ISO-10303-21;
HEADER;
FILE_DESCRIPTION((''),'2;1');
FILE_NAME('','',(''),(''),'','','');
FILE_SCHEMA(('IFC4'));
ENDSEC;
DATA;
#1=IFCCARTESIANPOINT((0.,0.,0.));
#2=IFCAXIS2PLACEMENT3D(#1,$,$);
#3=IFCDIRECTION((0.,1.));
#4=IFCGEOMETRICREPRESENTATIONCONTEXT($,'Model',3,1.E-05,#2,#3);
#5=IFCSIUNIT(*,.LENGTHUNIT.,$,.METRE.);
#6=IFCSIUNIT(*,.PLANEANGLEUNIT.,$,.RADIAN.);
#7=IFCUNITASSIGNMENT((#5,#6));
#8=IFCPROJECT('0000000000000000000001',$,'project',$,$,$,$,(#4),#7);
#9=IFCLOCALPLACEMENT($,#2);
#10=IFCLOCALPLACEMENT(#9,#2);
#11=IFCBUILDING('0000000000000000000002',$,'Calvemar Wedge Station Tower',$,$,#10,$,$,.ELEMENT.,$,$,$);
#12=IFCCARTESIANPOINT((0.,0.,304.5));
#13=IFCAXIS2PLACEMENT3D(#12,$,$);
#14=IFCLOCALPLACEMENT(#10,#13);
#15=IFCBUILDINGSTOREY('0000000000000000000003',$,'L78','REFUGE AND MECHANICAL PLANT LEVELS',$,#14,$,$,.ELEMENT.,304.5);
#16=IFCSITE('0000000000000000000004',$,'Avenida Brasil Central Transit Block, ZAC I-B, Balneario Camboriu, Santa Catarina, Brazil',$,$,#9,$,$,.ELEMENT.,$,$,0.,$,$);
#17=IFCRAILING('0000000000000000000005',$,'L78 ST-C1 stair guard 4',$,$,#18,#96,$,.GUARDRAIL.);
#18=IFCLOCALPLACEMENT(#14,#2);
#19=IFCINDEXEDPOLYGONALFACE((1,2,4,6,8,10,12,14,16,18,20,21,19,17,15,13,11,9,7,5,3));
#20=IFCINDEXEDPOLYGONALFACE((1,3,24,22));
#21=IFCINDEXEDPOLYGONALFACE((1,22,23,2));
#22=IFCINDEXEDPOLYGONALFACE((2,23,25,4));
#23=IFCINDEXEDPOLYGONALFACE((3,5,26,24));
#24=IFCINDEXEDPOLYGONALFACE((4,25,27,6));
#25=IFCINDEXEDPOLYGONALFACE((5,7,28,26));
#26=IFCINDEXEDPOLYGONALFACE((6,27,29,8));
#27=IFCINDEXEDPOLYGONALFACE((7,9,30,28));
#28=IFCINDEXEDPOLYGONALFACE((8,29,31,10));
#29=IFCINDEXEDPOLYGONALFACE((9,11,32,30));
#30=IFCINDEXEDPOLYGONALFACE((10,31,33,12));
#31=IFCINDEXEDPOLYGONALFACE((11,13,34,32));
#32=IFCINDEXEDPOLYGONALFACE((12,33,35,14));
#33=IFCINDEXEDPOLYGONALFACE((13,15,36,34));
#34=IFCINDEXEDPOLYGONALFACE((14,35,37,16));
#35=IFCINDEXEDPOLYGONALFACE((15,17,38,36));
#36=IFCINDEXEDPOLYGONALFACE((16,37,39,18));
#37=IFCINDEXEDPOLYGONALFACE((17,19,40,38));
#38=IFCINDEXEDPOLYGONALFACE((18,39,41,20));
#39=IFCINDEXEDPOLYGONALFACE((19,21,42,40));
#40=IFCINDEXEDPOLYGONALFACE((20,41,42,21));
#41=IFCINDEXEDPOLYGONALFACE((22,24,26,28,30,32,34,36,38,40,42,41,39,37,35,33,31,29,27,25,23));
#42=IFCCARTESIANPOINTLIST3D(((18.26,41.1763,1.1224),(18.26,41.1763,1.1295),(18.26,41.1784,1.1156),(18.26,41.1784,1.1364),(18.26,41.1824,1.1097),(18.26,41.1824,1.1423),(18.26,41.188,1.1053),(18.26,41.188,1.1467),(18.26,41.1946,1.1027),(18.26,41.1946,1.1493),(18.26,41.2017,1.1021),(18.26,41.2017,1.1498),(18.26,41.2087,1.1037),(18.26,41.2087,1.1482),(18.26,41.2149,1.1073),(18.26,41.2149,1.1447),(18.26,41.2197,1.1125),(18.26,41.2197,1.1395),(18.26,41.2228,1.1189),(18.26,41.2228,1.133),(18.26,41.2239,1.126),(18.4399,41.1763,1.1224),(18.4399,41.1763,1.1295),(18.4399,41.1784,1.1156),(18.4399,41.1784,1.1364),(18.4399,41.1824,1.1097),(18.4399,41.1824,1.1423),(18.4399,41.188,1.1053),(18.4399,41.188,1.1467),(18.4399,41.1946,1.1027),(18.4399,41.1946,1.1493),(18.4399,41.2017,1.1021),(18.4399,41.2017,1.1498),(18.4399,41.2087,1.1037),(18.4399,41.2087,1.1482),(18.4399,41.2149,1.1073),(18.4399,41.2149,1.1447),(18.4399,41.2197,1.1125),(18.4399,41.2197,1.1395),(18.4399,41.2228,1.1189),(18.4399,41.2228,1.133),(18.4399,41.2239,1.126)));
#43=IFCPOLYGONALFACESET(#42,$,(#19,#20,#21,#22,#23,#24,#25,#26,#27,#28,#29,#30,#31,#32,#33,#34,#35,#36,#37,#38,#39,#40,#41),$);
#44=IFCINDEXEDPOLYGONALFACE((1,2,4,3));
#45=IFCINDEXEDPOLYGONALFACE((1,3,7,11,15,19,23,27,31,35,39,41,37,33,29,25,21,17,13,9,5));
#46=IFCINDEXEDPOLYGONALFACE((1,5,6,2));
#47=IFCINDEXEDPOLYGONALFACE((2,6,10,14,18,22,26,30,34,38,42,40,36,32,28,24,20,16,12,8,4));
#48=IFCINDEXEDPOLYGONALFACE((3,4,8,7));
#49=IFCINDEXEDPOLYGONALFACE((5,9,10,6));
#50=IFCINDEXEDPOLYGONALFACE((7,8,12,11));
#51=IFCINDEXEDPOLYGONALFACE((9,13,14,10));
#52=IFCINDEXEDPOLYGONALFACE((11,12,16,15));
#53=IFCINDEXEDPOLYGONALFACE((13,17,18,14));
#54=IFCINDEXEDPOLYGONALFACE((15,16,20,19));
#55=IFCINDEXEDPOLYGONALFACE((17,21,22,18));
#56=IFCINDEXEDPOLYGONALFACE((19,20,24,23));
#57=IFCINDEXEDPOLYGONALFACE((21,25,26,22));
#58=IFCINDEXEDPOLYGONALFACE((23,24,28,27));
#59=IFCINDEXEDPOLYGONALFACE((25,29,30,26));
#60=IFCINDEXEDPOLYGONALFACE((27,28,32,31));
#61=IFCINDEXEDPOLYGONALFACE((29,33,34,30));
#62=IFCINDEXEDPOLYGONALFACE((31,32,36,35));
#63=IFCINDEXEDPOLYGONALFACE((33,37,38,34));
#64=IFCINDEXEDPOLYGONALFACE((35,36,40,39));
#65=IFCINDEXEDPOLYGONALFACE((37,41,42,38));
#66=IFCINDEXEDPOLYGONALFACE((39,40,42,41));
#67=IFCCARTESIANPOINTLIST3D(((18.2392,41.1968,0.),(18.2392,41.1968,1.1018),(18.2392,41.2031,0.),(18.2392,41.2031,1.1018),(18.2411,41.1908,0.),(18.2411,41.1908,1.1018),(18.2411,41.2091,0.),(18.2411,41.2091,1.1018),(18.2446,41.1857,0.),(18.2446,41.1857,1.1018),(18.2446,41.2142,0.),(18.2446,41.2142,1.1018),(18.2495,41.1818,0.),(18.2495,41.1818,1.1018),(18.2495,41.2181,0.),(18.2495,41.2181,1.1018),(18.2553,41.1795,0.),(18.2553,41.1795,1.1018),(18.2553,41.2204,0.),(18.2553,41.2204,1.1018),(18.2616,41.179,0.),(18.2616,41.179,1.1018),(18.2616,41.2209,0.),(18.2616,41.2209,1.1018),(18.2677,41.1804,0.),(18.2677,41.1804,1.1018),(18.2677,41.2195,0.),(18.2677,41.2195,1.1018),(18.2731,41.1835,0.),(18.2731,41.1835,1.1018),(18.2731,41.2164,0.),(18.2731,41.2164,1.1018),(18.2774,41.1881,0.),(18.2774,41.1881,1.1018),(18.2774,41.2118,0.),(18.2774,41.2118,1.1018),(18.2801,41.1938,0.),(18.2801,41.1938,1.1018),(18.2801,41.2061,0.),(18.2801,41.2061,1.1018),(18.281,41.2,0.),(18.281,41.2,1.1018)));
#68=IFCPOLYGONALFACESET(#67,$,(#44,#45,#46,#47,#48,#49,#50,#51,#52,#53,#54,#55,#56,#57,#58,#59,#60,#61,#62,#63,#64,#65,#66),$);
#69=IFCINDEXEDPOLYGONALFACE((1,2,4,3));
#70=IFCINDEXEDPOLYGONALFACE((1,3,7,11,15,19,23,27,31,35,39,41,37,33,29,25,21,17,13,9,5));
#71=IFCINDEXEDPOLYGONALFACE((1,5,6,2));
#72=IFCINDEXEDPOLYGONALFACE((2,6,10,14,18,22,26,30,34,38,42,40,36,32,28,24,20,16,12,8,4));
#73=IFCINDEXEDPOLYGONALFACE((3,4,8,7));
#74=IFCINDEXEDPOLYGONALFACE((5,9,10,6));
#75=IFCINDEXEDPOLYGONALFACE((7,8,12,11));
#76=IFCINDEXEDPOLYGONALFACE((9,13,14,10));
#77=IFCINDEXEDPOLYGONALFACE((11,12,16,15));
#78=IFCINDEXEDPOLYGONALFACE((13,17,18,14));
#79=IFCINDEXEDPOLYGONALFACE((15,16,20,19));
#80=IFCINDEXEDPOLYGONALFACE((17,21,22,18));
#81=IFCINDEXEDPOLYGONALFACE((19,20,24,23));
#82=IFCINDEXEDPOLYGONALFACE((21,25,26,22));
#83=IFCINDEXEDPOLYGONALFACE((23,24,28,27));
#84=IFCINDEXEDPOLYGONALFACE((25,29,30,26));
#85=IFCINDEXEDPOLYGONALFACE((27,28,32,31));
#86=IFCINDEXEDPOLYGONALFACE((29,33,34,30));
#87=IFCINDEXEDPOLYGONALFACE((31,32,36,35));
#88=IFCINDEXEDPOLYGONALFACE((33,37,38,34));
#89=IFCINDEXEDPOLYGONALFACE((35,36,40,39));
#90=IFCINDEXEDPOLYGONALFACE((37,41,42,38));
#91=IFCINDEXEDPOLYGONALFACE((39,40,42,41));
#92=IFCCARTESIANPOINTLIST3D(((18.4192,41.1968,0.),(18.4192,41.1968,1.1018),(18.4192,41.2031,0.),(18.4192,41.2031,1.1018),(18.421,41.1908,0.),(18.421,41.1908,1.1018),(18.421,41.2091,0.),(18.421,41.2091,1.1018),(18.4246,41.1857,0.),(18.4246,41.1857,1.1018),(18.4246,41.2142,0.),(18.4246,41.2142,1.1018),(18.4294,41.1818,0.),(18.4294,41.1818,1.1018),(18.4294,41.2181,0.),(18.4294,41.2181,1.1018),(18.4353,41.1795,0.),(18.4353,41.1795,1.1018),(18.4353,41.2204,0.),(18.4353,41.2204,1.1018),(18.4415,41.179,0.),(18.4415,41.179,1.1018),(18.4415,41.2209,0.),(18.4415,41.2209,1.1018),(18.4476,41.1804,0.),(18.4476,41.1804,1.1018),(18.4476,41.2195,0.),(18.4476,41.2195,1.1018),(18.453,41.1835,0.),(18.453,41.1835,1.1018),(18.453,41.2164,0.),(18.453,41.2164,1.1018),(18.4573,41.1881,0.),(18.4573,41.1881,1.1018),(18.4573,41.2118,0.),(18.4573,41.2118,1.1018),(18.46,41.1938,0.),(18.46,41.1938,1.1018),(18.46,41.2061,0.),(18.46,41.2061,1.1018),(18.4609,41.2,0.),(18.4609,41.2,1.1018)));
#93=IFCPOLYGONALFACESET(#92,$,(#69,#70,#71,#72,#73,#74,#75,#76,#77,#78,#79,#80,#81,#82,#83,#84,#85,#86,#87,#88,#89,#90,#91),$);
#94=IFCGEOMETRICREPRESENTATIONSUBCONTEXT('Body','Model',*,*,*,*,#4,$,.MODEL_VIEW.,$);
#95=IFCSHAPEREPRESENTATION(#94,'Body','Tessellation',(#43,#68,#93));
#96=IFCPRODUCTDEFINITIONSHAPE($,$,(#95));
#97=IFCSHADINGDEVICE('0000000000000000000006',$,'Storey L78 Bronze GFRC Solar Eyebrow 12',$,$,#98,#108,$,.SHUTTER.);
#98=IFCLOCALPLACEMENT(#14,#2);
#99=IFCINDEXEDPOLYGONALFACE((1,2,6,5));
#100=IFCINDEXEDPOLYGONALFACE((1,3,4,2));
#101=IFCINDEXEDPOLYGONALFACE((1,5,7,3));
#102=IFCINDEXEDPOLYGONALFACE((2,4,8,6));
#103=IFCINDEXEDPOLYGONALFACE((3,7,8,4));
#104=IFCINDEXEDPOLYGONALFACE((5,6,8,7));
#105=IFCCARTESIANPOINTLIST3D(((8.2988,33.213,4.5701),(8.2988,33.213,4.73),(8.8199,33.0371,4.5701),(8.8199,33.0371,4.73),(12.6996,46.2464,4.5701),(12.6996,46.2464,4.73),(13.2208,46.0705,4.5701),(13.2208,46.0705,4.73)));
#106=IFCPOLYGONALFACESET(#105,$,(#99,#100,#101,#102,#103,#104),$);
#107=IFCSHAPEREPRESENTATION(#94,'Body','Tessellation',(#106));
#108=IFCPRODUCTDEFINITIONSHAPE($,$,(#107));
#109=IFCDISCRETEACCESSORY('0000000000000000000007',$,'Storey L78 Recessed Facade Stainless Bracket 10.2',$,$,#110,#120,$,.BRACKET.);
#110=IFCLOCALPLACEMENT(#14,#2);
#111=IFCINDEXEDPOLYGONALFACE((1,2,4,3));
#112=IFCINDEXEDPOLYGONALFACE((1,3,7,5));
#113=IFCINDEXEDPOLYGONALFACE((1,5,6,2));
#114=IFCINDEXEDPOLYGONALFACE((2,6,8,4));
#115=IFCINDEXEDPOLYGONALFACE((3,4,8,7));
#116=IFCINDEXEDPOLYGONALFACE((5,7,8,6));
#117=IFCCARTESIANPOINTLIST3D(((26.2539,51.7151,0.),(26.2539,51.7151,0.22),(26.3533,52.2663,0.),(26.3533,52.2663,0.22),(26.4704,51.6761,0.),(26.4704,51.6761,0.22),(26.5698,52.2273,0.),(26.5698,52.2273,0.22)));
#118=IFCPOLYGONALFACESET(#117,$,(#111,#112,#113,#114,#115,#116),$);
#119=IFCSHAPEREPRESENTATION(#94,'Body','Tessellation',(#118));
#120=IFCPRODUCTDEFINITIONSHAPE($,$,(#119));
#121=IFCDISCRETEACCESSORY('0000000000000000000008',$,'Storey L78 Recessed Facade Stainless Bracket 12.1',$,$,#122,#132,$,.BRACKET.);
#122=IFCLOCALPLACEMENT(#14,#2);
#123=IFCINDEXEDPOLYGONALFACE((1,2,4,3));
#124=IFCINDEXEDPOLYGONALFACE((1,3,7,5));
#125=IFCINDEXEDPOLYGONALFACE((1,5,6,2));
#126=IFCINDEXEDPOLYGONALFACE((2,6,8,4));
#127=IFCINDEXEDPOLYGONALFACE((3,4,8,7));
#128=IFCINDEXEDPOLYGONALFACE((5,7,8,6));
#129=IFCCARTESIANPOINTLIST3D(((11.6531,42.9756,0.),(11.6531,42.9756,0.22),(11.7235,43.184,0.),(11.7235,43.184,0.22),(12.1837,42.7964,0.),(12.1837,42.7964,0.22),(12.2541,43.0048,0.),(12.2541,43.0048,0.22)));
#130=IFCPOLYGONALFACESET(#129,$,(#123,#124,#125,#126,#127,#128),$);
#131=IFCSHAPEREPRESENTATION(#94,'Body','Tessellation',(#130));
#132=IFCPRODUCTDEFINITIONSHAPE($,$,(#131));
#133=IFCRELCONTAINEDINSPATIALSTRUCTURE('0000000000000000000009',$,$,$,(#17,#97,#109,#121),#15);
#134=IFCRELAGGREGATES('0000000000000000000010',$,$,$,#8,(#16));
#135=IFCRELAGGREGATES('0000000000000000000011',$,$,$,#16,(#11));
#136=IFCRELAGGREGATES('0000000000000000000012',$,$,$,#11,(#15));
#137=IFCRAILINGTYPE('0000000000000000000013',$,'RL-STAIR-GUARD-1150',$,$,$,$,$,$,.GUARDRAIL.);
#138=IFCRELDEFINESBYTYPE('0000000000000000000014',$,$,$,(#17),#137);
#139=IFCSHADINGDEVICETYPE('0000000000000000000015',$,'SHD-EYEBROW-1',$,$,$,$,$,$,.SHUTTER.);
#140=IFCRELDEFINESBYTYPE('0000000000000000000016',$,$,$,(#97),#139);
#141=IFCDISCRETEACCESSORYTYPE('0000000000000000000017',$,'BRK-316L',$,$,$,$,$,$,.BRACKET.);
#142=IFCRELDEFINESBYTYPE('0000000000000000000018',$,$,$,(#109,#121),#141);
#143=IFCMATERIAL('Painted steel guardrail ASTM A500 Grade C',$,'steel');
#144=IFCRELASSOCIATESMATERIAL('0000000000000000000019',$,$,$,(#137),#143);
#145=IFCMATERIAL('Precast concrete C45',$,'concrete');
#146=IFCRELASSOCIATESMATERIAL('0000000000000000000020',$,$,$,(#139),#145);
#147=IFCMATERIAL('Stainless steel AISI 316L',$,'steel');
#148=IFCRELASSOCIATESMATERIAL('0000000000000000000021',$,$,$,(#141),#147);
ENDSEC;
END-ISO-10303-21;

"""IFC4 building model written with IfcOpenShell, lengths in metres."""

from ifc_helpers import new_model, si_unit, direction, frame, frame_2d, origin, origin_2d, place, context, subcontext, project, spatial, rectangle, circle, extrude, source, transform, mapped, material, type_object, element, save


model = new_model("IFC4")

# Units and contexts
model_context = context("Model", 3, precision=1e-05, world=origin(), true_north=direction((0.0, 1.0)))
body_context = subcontext(model_context, "Body", "Model", "MODEL_VIEW")
ifc_project = project(units=[si_unit("LENGTHUNIT", "METRE"), si_unit("PLANEANGLEUNIT", "RADIAN")], contexts=[model_context])

# Site, building, storey
site_placement = place(None, origin())
site = spatial("IfcSite", under=ifc_project, at=site_placement, Name="Avenida Brasil Central Transit Block, ZAC I-B, Balneario Camboriu, Santa Catarina, Brazil", CompositionType="ELEMENT", RefElevation=0.0)
building_placement = place(site_placement, origin())
building = spatial("IfcBuilding", under=site, at=building_placement, Name="Calvemar Wedge Station Tower", CompositionType="ELEMENT")
storey_placement = place(building_placement, frame((0.0, 0.0, 304.5)))
storey = spatial("IfcBuildingStorey", under=building, at=storey_placement, Name="L78", Description="REFUGE AND MECHANICAL PLANT LEVELS", CompositionType="ELEMENT", Elevation=304.5)

# Shared definitions
ifc_material_1 = material(Name="Precast concrete C45", Category="concrete")

# Railing
ifc_material_2 = material(Name="Stainless steel AISI 316L", Category="steel")
ifc_material_3 = material(Name="Painted steel guardrail ASTM A500 Grade C", Category="steel")
railing_type_1 = type_object("IfcRailingType", Name="RL-STAIR-GUARD-1150", PredefinedType="GUARDRAIL", material=ifc_material_3)
railing_1_placement = place(storey_placement, frame((18.26, 41.2, 0.0)))
element("IfcRailing", 1, at=railing_1_placement, inside=storey, type_object=railing_type_1, Name="L78 ST-C1 stair guard 4", PredefinedType="GUARDRAIL", context=body_context, shape_type="SweptSolid", body=[
    extrude(circle(Radius=0.0239, at=origin_2d()), frame((0.0, 0.0, 1.126), z_axis=(1.0, 0.0, 0.0), x_axis=(0.0, 1.0, 0.0)), (0.0, 0.0, 1.0), 0.1799),
    extrude(circle(Radius=0.021, at=origin_2d()), origin(), (0.0, 0.0, 1.0), 1.1018),
    extrude(circle(Radius=0.021, at=origin_2d()), frame((0.1799, 0.0, 0.0)), (0.0, 0.0, 1.0), 1.1018),
])

# Shading device
shading_device_type = type_object("IfcShadingDeviceType", Name="SHD-EYEBROW-1", PredefinedType="SHUTTER", material=ifc_material_1)
shading_device_placement = place(storey_placement, frame((12.9602, 46.1584, 4.5701), z_axis=(0.0, 0.0, 1.0), x_axis=(-0.319915, -0.947446, 0.0)))
element("IfcShadingDevice", 2, at=shading_device_placement, inside=storey, type_object=shading_device_type, Name="Storey L78 Bronze GFRC Solar Eyebrow 12", PredefinedType="SHUTTER", context=body_context, shape_type="SweptSolid", body=[
    extrude(rectangle(XDim=13.7563, YDim=0.55, at=frame_2d((6.8782, 0.0))), origin(), (0.0, 0.0, 1.0), 0.1599),
])

# Discrete accessories
discrete_accessory_type = type_object("IfcDiscreteAccessoryType", Name="BRK-316L", PredefinedType="BRACKET", material=ifc_material_2)
shared_shape_1 = source(origin(), body_context, "Body", "SweptSolid", [
    extrude(rectangle(XDim=0.22, YDim=0.5601, at=origin_2d()), origin(), (0.0, 0.0, 1.0), 0.22),
])
for number, where, z_axis, x_axis, name in (
    (3, (26.4119, 51.9712, 0.0), (0.0, 0.0, 1.0), (-0.984134, 0.177428, 0.0), "Storey L78 Recessed Facade Stainless Bracket 10.2"),
    (4, (11.9536, 42.9902, 0.0), (0.0, 0.0, 1.0), (-0.319952, -0.947434, 0.0), "Storey L78 Recessed Facade Stainless Bracket 12.1"),
):
    element("IfcDiscreteAccessory", number, at=place(storey_placement, frame(where, z_axis=z_axis, x_axis=x_axis)), inside=storey, type_object=discrete_accessory_type, Name=name, PredefinedType="BRACKET", context=body_context, shape_type="MappedRepresentation", body=[
        mapped(shared_shape_1, transform((0.0, 0.0, 0.0), scale=1.0)),
    ])

save(model, "model.ifc")
